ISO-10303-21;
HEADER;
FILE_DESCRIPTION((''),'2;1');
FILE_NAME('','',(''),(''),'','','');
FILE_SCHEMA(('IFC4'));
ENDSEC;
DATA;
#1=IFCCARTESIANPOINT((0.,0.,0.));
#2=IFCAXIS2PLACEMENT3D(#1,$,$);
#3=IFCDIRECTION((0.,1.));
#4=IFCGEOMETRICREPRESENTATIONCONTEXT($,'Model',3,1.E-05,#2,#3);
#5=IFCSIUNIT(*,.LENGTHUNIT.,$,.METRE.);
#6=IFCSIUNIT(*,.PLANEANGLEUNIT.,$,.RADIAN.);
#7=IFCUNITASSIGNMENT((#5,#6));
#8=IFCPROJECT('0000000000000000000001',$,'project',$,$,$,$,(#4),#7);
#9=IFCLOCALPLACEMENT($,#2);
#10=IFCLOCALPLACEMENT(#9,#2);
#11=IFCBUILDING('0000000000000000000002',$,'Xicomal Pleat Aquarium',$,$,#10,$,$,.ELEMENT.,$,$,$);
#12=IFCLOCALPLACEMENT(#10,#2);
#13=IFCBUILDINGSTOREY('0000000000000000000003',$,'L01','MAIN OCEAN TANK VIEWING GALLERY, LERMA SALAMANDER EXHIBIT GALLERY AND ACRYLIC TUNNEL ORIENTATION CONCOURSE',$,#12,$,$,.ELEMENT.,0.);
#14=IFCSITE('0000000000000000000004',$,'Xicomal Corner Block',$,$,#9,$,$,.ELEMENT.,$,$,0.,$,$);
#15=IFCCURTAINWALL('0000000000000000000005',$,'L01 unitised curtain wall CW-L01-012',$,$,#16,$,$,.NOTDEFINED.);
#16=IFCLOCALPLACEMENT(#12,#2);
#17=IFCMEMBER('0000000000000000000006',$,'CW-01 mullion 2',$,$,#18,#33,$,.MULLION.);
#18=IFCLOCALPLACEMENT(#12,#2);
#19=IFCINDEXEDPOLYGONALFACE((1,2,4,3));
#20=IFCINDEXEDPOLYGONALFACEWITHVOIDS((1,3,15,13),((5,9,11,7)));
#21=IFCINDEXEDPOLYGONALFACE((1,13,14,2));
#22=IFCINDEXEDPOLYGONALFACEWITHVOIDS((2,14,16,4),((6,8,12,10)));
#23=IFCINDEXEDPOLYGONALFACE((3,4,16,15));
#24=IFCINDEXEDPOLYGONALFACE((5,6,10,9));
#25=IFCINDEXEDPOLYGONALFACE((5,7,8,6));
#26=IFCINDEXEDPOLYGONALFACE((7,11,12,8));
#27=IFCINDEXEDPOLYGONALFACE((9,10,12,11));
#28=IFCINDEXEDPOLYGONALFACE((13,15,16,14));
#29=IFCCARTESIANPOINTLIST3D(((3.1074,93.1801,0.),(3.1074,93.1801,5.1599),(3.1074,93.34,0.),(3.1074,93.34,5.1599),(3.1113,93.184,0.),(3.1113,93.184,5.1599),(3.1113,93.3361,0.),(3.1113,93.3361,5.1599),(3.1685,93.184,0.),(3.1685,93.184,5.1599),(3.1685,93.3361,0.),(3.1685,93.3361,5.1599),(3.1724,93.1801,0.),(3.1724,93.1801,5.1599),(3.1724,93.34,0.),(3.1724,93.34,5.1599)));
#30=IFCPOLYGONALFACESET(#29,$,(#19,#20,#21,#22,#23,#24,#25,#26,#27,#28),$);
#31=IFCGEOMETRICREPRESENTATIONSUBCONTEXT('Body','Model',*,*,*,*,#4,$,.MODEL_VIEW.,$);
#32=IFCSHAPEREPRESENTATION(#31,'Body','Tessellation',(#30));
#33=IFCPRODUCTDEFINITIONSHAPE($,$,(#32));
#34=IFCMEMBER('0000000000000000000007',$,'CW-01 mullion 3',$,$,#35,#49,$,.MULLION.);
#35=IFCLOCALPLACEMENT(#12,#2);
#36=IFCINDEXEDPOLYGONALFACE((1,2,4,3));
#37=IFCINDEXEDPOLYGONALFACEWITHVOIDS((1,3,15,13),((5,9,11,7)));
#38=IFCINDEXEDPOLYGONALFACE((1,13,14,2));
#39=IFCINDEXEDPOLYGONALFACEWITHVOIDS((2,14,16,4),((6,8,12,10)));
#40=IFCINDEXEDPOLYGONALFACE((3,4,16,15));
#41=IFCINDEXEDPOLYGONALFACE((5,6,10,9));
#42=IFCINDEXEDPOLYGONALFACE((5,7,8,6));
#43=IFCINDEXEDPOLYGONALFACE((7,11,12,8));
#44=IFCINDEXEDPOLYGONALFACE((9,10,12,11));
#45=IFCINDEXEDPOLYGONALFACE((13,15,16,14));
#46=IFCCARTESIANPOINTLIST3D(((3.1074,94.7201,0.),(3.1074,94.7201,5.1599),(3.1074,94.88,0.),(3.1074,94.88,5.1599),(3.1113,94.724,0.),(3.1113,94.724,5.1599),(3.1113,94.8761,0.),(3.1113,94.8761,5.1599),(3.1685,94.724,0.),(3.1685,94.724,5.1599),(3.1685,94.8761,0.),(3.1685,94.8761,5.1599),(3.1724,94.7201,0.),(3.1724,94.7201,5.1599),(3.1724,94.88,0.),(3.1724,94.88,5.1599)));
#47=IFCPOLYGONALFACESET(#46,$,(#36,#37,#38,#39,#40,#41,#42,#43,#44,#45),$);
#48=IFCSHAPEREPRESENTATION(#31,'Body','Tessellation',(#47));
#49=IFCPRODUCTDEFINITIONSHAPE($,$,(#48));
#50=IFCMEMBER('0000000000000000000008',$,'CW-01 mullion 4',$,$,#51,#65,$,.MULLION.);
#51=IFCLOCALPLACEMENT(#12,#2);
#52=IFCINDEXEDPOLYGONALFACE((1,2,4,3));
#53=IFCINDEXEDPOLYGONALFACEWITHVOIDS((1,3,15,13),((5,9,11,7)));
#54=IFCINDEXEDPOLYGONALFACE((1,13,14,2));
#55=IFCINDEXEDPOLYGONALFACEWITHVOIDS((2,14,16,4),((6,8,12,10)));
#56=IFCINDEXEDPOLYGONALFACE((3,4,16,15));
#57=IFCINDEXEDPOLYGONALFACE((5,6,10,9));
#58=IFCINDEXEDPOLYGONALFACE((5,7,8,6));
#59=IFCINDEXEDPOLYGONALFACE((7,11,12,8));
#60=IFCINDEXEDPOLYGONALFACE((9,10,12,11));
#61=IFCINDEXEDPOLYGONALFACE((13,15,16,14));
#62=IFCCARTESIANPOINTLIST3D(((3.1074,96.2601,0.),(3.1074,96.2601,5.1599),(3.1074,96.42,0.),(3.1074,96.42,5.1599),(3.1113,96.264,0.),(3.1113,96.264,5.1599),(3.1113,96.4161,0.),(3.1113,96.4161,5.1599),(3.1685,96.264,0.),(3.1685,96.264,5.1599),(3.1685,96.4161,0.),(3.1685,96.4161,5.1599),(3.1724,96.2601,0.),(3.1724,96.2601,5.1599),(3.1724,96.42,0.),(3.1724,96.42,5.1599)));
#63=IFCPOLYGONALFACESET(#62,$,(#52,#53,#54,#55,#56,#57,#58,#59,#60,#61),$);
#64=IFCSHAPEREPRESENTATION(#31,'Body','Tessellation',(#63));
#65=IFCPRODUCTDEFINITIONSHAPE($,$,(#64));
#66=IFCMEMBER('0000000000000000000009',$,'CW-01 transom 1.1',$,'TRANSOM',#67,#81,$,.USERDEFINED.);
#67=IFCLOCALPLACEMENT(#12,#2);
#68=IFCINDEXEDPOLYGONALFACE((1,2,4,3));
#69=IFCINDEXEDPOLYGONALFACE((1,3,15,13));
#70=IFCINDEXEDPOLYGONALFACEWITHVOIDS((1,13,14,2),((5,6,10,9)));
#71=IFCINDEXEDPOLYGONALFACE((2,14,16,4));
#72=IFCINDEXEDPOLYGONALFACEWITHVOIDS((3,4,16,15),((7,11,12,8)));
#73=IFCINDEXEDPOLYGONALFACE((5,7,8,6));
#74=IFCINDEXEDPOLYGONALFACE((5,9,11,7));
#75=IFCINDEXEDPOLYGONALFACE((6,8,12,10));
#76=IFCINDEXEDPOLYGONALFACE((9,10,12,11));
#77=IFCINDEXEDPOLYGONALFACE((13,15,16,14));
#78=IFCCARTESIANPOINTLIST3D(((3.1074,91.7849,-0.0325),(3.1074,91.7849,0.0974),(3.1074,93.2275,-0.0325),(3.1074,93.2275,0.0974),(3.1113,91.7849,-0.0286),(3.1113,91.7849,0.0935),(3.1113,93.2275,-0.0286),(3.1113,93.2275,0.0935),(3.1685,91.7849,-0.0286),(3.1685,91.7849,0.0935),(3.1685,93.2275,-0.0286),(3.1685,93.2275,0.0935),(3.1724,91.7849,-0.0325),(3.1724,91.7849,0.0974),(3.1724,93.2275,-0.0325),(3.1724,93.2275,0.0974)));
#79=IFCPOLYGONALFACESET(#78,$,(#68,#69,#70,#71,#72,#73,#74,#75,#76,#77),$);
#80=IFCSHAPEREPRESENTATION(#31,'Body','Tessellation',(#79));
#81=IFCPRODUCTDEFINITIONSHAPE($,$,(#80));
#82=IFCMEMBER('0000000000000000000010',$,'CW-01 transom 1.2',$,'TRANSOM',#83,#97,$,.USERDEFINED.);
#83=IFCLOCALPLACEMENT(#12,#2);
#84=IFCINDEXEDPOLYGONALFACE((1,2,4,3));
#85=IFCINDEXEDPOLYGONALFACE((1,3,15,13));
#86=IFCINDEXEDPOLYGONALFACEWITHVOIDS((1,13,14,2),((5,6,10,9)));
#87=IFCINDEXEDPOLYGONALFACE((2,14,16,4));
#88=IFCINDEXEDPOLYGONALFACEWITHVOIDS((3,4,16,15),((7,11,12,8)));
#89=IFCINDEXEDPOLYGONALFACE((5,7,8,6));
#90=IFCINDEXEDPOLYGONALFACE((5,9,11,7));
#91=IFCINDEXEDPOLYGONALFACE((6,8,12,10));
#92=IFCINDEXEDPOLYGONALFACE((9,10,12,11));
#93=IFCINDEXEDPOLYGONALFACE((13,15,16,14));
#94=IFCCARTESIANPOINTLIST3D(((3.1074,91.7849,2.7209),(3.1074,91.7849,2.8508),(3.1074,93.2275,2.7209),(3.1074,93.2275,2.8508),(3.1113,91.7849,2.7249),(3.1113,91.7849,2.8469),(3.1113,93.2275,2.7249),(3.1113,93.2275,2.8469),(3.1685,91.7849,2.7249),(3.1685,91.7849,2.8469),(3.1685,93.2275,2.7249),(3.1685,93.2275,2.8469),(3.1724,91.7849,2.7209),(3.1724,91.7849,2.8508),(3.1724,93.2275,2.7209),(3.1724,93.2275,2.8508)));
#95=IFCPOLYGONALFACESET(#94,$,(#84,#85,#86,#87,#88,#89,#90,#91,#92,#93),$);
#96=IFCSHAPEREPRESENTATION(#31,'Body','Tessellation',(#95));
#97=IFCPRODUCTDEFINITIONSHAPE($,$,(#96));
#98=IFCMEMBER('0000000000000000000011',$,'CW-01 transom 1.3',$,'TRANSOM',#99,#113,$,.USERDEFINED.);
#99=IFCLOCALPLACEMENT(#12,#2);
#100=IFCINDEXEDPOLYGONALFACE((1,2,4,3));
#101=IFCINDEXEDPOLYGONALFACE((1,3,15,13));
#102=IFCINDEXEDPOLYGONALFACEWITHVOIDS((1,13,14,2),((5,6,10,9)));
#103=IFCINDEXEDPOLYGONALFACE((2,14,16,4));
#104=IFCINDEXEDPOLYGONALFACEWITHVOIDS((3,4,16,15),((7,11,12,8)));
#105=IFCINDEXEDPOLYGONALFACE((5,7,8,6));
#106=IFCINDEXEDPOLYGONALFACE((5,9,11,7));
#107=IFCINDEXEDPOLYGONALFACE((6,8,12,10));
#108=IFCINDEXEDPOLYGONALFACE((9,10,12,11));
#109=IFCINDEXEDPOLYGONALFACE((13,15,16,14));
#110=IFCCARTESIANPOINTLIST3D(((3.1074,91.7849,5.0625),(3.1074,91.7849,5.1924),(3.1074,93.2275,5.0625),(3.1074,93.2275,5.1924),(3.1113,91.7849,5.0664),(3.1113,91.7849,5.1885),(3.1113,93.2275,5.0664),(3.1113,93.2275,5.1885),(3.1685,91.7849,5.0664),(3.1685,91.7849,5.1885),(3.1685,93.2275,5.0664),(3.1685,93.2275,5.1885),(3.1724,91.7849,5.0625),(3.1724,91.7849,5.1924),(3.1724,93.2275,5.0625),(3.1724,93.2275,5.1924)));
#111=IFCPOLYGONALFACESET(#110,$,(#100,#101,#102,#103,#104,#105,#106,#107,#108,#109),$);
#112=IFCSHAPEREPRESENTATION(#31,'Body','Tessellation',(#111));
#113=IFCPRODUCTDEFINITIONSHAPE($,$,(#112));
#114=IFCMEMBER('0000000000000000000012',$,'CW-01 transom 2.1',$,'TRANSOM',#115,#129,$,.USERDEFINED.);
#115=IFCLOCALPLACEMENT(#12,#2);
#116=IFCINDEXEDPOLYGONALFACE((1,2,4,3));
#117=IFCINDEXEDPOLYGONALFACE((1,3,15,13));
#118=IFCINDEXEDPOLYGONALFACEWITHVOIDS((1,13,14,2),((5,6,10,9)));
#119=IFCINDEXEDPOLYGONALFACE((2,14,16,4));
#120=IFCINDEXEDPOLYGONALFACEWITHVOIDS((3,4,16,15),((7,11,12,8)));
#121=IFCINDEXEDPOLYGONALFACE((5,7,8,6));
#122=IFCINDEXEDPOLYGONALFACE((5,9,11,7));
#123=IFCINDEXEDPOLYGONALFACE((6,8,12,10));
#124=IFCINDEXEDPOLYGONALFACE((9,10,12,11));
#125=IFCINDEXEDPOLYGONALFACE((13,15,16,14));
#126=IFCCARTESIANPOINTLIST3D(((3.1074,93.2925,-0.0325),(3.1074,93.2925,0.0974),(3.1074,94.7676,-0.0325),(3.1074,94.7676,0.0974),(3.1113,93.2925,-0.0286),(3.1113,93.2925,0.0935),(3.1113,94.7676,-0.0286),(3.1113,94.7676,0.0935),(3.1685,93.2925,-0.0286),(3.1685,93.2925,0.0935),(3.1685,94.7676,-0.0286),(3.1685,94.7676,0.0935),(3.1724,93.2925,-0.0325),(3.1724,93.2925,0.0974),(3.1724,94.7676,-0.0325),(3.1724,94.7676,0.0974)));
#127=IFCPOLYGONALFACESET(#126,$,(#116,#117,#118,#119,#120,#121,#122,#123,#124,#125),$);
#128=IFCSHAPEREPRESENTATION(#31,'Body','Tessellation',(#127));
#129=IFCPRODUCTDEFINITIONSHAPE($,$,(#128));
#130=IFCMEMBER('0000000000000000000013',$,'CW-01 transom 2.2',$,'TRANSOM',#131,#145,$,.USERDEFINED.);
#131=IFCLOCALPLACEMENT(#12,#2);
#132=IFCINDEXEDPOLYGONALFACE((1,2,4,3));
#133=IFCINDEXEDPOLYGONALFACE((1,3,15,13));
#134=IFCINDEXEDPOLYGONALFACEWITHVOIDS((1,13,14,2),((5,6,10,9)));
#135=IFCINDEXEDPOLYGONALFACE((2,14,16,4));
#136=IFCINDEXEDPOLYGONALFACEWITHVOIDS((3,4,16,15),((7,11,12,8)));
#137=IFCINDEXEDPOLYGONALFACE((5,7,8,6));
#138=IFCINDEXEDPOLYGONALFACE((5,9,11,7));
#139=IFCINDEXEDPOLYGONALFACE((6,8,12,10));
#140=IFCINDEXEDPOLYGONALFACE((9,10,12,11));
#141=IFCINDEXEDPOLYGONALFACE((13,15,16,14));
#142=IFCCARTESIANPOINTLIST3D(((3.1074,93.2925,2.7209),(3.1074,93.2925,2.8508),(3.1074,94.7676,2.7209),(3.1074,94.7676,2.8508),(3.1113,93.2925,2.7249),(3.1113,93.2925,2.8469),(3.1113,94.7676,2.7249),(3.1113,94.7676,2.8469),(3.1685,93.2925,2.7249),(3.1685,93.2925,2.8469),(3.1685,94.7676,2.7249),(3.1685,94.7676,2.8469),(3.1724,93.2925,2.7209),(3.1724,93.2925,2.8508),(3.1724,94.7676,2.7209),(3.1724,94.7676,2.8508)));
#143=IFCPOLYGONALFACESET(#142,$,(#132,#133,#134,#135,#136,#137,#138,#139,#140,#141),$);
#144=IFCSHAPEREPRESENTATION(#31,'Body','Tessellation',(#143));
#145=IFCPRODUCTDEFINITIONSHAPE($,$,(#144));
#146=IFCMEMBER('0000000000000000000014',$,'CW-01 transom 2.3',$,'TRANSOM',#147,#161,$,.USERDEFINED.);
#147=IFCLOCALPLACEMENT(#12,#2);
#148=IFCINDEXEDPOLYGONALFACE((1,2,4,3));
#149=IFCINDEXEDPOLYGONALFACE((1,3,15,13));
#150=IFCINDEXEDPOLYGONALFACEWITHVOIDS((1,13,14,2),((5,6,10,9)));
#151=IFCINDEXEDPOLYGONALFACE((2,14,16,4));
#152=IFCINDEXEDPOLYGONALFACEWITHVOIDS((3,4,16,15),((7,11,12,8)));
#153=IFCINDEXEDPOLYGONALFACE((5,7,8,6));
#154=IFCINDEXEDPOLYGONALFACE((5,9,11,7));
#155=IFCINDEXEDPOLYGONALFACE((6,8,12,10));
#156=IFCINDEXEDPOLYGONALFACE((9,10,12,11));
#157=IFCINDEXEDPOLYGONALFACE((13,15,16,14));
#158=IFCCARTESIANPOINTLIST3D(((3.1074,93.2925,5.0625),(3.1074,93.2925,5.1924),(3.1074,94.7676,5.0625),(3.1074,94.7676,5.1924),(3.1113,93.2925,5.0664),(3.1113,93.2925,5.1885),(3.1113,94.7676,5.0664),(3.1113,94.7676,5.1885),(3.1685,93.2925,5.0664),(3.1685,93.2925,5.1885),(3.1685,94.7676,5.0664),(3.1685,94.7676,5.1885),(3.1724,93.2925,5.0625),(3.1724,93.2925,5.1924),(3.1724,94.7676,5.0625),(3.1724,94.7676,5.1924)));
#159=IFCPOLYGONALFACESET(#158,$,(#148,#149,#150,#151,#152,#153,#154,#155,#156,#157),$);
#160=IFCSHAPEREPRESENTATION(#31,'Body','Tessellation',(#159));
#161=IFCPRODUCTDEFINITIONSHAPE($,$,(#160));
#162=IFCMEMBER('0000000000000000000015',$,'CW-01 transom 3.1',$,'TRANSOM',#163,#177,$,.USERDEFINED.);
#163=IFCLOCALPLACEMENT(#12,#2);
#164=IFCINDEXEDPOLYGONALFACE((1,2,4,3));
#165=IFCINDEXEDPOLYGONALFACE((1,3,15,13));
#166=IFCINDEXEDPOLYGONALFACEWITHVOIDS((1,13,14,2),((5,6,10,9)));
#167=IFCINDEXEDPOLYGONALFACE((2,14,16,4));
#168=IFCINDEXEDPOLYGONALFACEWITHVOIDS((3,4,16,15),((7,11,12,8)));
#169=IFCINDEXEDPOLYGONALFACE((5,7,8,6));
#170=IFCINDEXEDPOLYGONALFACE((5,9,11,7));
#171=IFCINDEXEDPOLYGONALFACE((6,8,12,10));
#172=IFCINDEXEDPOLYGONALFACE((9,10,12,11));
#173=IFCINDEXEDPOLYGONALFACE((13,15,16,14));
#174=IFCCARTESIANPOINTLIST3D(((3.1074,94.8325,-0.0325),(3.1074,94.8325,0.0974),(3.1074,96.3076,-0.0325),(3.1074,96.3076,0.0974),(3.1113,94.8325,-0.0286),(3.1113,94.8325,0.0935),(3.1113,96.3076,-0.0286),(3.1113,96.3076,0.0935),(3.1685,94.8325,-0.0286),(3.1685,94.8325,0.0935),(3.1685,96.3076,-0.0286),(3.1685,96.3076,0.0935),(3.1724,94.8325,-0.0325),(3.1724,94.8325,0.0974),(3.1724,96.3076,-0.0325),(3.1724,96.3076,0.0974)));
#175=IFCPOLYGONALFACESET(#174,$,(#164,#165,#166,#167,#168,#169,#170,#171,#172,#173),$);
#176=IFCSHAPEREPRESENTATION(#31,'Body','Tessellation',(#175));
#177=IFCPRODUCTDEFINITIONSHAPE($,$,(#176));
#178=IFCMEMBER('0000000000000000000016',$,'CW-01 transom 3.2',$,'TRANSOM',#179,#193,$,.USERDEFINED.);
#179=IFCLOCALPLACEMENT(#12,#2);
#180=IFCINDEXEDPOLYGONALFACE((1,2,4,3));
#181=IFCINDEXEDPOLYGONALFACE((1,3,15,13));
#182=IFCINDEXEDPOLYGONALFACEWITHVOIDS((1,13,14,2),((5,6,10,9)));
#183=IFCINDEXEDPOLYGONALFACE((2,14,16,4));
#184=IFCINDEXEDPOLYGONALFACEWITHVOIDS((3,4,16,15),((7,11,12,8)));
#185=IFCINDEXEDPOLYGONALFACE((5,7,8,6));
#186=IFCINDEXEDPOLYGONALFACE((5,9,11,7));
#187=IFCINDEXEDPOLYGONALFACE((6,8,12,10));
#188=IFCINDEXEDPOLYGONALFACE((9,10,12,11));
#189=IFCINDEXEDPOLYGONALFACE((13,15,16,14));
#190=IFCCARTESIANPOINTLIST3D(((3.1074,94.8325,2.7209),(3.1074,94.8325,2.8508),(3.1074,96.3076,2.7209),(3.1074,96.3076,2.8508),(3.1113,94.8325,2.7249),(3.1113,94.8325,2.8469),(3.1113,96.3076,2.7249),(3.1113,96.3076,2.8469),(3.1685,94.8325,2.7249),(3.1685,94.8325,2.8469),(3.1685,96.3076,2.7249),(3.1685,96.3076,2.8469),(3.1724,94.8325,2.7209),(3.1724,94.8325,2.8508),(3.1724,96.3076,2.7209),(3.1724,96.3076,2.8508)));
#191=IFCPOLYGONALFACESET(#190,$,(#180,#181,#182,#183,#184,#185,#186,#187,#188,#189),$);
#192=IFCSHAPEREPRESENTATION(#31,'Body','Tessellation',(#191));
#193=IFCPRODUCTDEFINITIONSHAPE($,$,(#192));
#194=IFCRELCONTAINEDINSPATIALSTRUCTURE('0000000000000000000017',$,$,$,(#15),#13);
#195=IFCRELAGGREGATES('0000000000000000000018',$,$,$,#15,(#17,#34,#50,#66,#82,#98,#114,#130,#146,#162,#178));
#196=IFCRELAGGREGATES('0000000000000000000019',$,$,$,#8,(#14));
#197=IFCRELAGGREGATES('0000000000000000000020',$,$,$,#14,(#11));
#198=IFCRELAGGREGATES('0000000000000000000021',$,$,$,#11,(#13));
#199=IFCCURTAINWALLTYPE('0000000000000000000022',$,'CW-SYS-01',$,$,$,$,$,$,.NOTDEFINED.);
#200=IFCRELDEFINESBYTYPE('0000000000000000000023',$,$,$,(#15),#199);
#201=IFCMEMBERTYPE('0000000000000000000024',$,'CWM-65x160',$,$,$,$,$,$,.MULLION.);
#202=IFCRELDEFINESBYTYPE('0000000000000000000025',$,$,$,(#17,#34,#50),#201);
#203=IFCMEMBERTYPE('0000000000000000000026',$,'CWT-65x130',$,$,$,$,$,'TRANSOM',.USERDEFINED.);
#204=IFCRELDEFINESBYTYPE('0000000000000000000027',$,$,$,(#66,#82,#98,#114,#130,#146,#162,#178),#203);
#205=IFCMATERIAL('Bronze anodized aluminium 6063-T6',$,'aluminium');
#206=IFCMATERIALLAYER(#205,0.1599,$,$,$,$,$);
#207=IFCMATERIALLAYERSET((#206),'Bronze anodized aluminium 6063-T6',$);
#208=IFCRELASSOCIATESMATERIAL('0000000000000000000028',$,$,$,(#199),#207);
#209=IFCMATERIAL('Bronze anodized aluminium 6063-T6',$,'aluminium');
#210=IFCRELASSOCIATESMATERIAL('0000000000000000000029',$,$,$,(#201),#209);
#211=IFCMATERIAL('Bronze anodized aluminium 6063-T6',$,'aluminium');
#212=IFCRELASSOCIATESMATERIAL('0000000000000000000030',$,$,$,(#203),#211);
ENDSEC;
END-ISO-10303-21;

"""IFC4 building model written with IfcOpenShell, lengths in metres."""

from ifc_helpers import new_model, si_unit, direction, frame, origin, origin_2d, place, context, subcontext, project, spatial, hollow_rectangle, extrude, material, layer, layer_set, material_profile, profile_set, type_object, element, aggregate, save


model = new_model("IFC4")

# Units and contexts
model_context = context("Model", 3, precision=1e-05, world=origin(), true_north=direction((0.0, 1.0)))
body_context = subcontext(model_context, "Body", "Model", "MODEL_VIEW")
ifc_project = project(units=[si_unit("LENGTHUNIT", "METRE"), si_unit("PLANEANGLEUNIT", "RADIAN")], contexts=[model_context])

# Site, building, storey
site_placement = place(None, origin())
site = spatial("IfcSite", under=ifc_project, at=site_placement, Name="Xicomal Corner Block", CompositionType="ELEMENT", RefElevation=0.0)
building_placement = place(site_placement, origin())
building = spatial("IfcBuilding", under=site, at=building_placement, Name="Xicomal Pleat Aquarium", CompositionType="ELEMENT")
storey_placement = place(building_placement, origin())
storey = spatial("IfcBuildingStorey", under=building, at=storey_placement, Name="L01", Description="MAIN OCEAN TANK VIEWING GALLERY, LERMA SALAMANDER EXHIBIT GALLERY AND ACRYLIC TUNNEL ORIENTATION CONCOURSE", CompositionType="ELEMENT", Elevation=0.0)

# Curtain wall, members
ifc_material_1 = material(Name="Bronze anodized aluminium 6063-T6", Category="aluminium")
ifc_layer_1 = layer(ifc_material_1, 0.1599)
ifc_layer_set_1 = layer_set([ifc_layer_1], Name="Bronze anodized aluminium 6063-T6")
curtain_wall_type = type_object("IfcCurtainWallType", Name="CW-SYS-01", PredefinedType="NOTDEFINED", material=ifc_layer_set_1)
curtain_wall_placement = place(storey_placement, origin())
curtain_wall = element("IfcCurtainWall", 1, at=curtain_wall_placement, inside=storey, type_object=curtain_wall_type, Name="L01 unitised curtain wall CW-L01-012", PredefinedType="NOTDEFINED")
ifc_material_2 = material(Name="Bronze anodized aluminium 6063-T6", Category="aluminium")
ifc_material_profile_1 = material_profile(ifc_material_2, hollow_rectangle(XDim=0.0649, YDim=0.1599, WallThickness=0.0039, at=origin_2d()), Name="ALU MULL 65x160")
ifc_profile_set_1 = profile_set([ifc_material_profile_1], Name="Bronze anodized aluminium 6063-T6")
member_type_1 = type_object("IfcMemberType", Name="CWM-65x160", PredefinedType="MULLION", material=ifc_profile_set_1)
member_1_placement = place(storey_placement, frame((3.1399, 93.26, 0.0), z_axis=(0.0, 0.0, 1.0), x_axis=(-1.0, 0.0, 0.0)))
member_1 = element("IfcMember", 2, at=member_1_placement, type_object=member_type_1, Name="CW-01 mullion 2", PredefinedType="MULLION", context=body_context, shape_type="SweptSolid", body=[
    extrude(hollow_rectangle(XDim=0.0649, YDim=0.1599, WallThickness=0.0039, at=origin_2d()), origin(), (0.0, 0.0, 1.0), 5.1599),
])
member_2_placement = place(storey_placement, frame((3.1399, 94.8, 0.0), z_axis=(0.0, 0.0, 1.0), x_axis=(-1.0, 0.0, 0.0)))
member_2 = element("IfcMember", 3, at=member_2_placement, type_object=member_type_1, Name="CW-01 mullion 3", PredefinedType="MULLION", context=body_context, shape_type="SweptSolid", body=[
    extrude(hollow_rectangle(XDim=0.0649, YDim=0.1599, WallThickness=0.0039, at=origin_2d()), origin(), (0.0, 0.0, 1.0), 5.1599),
])
member_3_placement = place(storey_placement, frame((3.1399, 96.3401, 0.0), z_axis=(0.0, 0.0, 1.0), x_axis=(-1.0, 0.0, 0.0)))
member_3 = element("IfcMember", 4, at=member_3_placement, type_object=member_type_1, Name="CW-01 mullion 4", PredefinedType="MULLION", context=body_context, shape_type="SweptSolid", body=[
    extrude(hollow_rectangle(XDim=0.0649, YDim=0.1599, WallThickness=0.0039, at=origin_2d()), origin(), (0.0, 0.0, 1.0), 5.1599),
])
ifc_material_3 = material(Name="Bronze anodized aluminium 6063-T6", Category="aluminium")
ifc_material_profile_2 = material_profile(ifc_material_3, hollow_rectangle(XDim=0.0649, YDim=0.1299, WallThickness=0.0039, at=origin_2d()), Name="ALU TRAN 65x130")
ifc_profile_set_2 = profile_set([ifc_material_profile_2], Name="Bronze anodized aluminium 6063-T6")
member_type_2 = type_object("IfcMemberType", Name="CWT-65x130", ElementType="TRANSOM", PredefinedType="USERDEFINED", material=ifc_profile_set_2)
member_4_placement = place(storey_placement, frame((3.1399, 91.7849, 0.0325), z_axis=(0.0, 1.0, 0.0), x_axis=(-1.0, 0.0, 0.0)))
member_4 = element("IfcMember", 5, at=member_4_placement, type_object=member_type_2, Name="CW-01 transom 1.1", ObjectType="TRANSOM", PredefinedType="USERDEFINED", context=body_context, shape_type="SweptSolid", body=[
    extrude(hollow_rectangle(XDim=0.0649, YDim=0.1299, WallThickness=0.0039, at=origin_2d()), origin(), (0.0, 0.0, 1.0), 1.4426),
])
member_5_placement = place(storey_placement, frame((3.1399, 91.7849, 2.7859), z_axis=(0.0, 1.0, 0.0), x_axis=(-1.0, 0.0, 0.0)))
member_5 = element("IfcMember", 6, at=member_5_placement, type_object=member_type_2, Name="CW-01 transom 1.2", ObjectType="TRANSOM", PredefinedType="USERDEFINED", context=body_context, shape_type="SweptSolid", body=[
    extrude(hollow_rectangle(XDim=0.0649, YDim=0.1299, WallThickness=0.0039, at=origin_2d()), origin(), (0.0, 0.0, 1.0), 1.4426),
])
member_6_placement = place(storey_placement, frame((3.1399, 91.7849, 5.1274), z_axis=(0.0, 1.0, 0.0), x_axis=(-1.0, 0.0, 0.0)))
member_6 = element("IfcMember", 7, at=member_6_placement, type_object=member_type_2, Name="CW-01 transom 1.3", ObjectType="TRANSOM", PredefinedType="USERDEFINED", context=body_context, shape_type="SweptSolid", body=[
    extrude(hollow_rectangle(XDim=0.0649, YDim=0.1299, WallThickness=0.0039, at=origin_2d()), origin(), (0.0, 0.0, 1.0), 1.4426),
])
member_7_placement = place(storey_placement, frame((3.1399, 93.2925, 0.0325), z_axis=(0.0, 1.0, 0.0), x_axis=(-1.0, 0.0, 0.0)))
member_7 = element("IfcMember", 8, at=member_7_placement, type_object=member_type_2, Name="CW-01 transom 2.1", ObjectType="TRANSOM", PredefinedType="USERDEFINED", context=body_context, shape_type="SweptSolid", body=[
    extrude(hollow_rectangle(XDim=0.0649, YDim=0.1299, WallThickness=0.0039, at=origin_2d()), origin(), (0.0, 0.0, 1.0), 1.4751),
])
member_8_placement = place(storey_placement, frame((3.1399, 93.2925, 2.7859), z_axis=(0.0, 1.0, 0.0), x_axis=(-1.0, 0.0, 0.0)))
member_8 = element("IfcMember", 9, at=member_8_placement, type_object=member_type_2, Name="CW-01 transom 2.2", ObjectType="TRANSOM", PredefinedType="USERDEFINED", context=body_context, shape_type="SweptSolid", body=[
    extrude(hollow_rectangle(XDim=0.0649, YDim=0.1299, WallThickness=0.0039, at=origin_2d()), origin(), (0.0, 0.0, 1.0), 1.4751),
])
member_9_placement = place(storey_placement, frame((3.1399, 93.2925, 5.1274), z_axis=(0.0, 1.0, 0.0), x_axis=(-1.0, 0.0, 0.0)))
member_9 = element("IfcMember", 10, at=member_9_placement, type_object=member_type_2, Name="CW-01 transom 2.3", ObjectType="TRANSOM", PredefinedType="USERDEFINED", context=body_context, shape_type="SweptSolid", body=[
    extrude(hollow_rectangle(XDim=0.0649, YDim=0.1299, WallThickness=0.0039, at=origin_2d()), origin(), (0.0, 0.0, 1.0), 1.4751),
])
member_10_placement = place(storey_placement, frame((3.1399, 94.8325, 0.0325), z_axis=(0.0, 1.0, 0.0), x_axis=(-1.0, 0.0, 0.0)))
member_10 = element("IfcMember", 11, at=member_10_placement, type_object=member_type_2, Name="CW-01 transom 3.1", ObjectType="TRANSOM", PredefinedType="USERDEFINED", context=body_context, shape_type="SweptSolid", body=[
    extrude(hollow_rectangle(XDim=0.0649, YDim=0.1299, WallThickness=0.0039, at=origin_2d()), origin(), (0.0, 0.0, 1.0), 1.4751),
])
member_11_placement = place(storey_placement, frame((3.1399, 94.8325, 2.7859), z_axis=(0.0, 1.0, 0.0), x_axis=(-1.0, 0.0, 0.0)))
member_11 = element("IfcMember", 12, at=member_11_placement, type_object=member_type_2, Name="CW-01 transom 3.2", ObjectType="TRANSOM", PredefinedType="USERDEFINED", context=body_context, shape_type="SweptSolid", body=[
    extrude(hollow_rectangle(XDim=0.0649, YDim=0.1299, WallThickness=0.0039, at=origin_2d()), origin(), (0.0, 0.0, 1.0), 1.4751),
])
aggregate(curtain_wall, [member_1, member_2, member_3, member_4, member_5, member_6, member_7, member_8, member_9, member_10, member_11])

save(model, "model.ifc")
